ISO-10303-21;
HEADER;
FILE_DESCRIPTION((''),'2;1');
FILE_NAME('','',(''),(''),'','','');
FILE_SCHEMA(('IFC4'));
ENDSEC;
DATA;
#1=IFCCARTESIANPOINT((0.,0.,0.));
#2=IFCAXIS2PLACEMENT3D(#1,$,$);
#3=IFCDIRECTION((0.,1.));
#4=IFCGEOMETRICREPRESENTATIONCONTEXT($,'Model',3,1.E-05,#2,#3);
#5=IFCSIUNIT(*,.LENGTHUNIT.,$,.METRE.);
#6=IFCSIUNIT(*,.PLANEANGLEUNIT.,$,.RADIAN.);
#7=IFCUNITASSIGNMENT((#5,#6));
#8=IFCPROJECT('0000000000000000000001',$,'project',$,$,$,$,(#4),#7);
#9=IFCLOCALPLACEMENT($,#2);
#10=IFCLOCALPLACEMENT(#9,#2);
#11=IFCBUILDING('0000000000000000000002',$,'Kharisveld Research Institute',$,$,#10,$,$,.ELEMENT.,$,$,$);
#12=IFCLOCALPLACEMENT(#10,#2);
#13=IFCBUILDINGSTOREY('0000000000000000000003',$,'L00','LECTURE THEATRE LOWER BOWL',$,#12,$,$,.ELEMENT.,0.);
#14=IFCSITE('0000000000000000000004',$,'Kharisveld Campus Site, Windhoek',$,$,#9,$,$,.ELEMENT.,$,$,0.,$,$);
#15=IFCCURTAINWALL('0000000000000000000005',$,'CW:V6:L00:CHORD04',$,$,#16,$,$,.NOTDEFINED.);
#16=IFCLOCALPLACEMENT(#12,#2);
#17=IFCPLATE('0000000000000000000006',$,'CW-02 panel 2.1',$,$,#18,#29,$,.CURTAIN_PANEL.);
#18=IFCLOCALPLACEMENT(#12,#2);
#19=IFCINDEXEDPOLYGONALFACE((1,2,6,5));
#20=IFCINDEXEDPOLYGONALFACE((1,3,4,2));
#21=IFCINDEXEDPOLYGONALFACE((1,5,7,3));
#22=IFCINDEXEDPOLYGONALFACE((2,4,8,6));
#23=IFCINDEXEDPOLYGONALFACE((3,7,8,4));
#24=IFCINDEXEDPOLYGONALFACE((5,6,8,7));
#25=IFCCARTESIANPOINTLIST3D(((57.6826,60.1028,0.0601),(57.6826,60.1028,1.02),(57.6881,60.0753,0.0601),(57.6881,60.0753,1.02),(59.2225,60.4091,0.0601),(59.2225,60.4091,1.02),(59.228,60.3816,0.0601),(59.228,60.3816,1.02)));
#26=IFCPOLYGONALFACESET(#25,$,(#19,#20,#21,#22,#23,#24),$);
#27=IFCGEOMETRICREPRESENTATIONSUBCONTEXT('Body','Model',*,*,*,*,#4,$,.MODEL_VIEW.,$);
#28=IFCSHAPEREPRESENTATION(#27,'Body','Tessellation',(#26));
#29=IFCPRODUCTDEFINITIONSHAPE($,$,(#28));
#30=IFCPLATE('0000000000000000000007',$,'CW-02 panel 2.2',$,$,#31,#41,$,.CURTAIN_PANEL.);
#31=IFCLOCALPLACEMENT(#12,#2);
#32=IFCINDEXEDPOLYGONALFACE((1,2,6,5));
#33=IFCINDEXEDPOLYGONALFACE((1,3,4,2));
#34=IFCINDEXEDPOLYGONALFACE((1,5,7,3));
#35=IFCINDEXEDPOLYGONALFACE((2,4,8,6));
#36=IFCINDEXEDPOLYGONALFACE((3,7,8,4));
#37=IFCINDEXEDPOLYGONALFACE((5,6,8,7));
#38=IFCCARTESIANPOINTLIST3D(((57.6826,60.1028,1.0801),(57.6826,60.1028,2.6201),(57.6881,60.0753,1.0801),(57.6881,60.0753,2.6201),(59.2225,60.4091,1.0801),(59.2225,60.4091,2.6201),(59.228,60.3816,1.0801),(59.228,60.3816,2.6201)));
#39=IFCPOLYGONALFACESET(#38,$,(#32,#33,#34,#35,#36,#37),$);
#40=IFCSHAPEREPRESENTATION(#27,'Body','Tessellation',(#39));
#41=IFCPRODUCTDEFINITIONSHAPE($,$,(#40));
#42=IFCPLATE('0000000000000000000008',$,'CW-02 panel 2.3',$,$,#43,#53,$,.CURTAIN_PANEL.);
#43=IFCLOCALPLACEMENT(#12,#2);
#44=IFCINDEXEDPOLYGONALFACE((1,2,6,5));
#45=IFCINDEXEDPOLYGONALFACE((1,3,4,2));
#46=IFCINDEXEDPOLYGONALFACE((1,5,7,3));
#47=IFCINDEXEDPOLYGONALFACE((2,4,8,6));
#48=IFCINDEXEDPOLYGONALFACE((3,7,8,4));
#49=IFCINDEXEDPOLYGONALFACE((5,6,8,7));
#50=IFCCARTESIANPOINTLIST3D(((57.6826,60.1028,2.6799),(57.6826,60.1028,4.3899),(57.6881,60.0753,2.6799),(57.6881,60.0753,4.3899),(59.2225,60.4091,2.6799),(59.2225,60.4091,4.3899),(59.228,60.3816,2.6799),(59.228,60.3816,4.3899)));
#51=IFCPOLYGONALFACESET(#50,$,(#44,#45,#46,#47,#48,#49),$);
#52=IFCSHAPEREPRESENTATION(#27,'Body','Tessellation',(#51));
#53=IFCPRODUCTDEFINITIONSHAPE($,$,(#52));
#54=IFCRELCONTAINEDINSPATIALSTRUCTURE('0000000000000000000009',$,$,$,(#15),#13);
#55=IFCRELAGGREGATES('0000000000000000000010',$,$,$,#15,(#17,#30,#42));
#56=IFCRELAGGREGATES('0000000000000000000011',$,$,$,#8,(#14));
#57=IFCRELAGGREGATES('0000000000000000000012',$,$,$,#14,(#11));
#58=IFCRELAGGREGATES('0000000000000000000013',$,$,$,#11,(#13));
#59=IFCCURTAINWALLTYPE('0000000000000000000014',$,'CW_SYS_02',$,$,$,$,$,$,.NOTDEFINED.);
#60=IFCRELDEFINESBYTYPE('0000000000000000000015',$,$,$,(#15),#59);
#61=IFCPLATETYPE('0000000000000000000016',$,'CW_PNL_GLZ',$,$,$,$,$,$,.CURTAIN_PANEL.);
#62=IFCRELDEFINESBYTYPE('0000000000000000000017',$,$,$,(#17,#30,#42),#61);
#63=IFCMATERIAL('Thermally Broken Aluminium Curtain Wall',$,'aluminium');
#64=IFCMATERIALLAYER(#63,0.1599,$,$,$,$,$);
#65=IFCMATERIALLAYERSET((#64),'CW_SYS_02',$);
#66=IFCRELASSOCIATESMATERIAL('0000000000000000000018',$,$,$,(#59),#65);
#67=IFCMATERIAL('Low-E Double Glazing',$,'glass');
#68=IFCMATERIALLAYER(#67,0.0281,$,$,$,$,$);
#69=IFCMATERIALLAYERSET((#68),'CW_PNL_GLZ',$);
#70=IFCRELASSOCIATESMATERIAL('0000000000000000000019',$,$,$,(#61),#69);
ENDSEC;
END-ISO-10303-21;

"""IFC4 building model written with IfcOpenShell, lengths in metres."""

from ifc_helpers import new_model, si_unit, direction, frame, origin, origin_2d, place, context, subcontext, project, spatial, rectangle, extrude, material, layer, layer_set, type_object, element, aggregate, save


model = new_model("IFC4")

# Units and contexts
model_context = context("Model", 3, precision=1e-05, world=origin(), true_north=direction((0.0, 1.0)))
body_context = subcontext(model_context, "Body", "Model", "MODEL_VIEW")
ifc_project = project(units=[si_unit("LENGTHUNIT", "METRE"), si_unit("PLANEANGLEUNIT", "RADIAN")], contexts=[model_context])

# Site, building, storey
site_placement = place(None, origin())
site = spatial("IfcSite", under=ifc_project, at=site_placement, Name="Kharisveld Campus Site, Windhoek", CompositionType="ELEMENT", RefElevation=0.0)
building_placement = place(site_placement, origin())
building = spatial("IfcBuilding", under=site, at=building_placement, Name="Kharisveld Research Institute", CompositionType="ELEMENT")
storey_placement = place(building_placement, origin())
storey = spatial("IfcBuildingStorey", under=building, at=storey_placement, Name="L00", Description="LECTURE THEATRE LOWER BOWL", CompositionType="ELEMENT", Elevation=0.0)

# Curtain wall
ifc_material_1 = material(Name="Thermally Broken Aluminium Curtain Wall", Category="aluminium")
ifc_layer_1 = layer(ifc_material_1, 0.1599)
ifc_layer_set_1 = layer_set([ifc_layer_1], Name="CW_SYS_02")
curtain_wall_type_1 = type_object("IfcCurtainWallType", Name="CW_SYS_02", PredefinedType="NOTDEFINED", material=ifc_layer_set_1)
curtain_wall_1_placement = place(storey_placement, origin())
curtain_wall_1 = element("IfcCurtainWall", 1, at=curtain_wall_1_placement, inside=storey, type_object=curtain_wall_type_1, Name="CW:V6:L00:CHORD04", PredefinedType="NOTDEFINED")

# Plates
ifc_material_2 = material(Name="Low-E Double Glazing", Category="glass")
ifc_layer_2 = layer(ifc_material_2, 0.0281)
ifc_layer_set_2 = layer_set([ifc_layer_2], Name="CW_PNL_GLZ")
plate_type = type_object("IfcPlateType", Name="CW_PNL_GLZ", PredefinedType="CURTAIN_PANEL", material=ifc_layer_set_2)
plate_1_placement = place(storey_placement, frame((58.4553, 60.2422, 0.0601), z_axis=(0.0, 0.0, 1.0), x_axis=(0.980785, 0.195091, 0.0)))
plate_1 = element("IfcPlate", 2, at=plate_1_placement, type_object=plate_type, Name="CW-02 panel 2.1", PredefinedType="CURTAIN_PANEL", context=body_context, shape_type="SweptSolid", body=[
    extrude(rectangle(XDim=1.5701, YDim=0.0281, at=origin_2d()), origin(), (0.0, 0.0, 1.0), 0.96),
])
plate_2_placement = place(storey_placement, frame((58.4553, 60.2422, 1.0801), z_axis=(0.0, 0.0, 1.0), x_axis=(0.980785, 0.195091, 0.0)))
plate_2 = element("IfcPlate", 3, at=plate_2_placement, type_object=plate_type, Name="CW-02 panel 2.2", PredefinedType="CURTAIN_PANEL", context=body_context, shape_type="SweptSolid", body=[
    extrude(rectangle(XDim=1.5701, YDim=0.0281, at=origin_2d()), origin(), (0.0, 0.0, 1.0), 1.54),
])
plate_3_placement = place(storey_placement, frame((58.4553, 60.2422, 2.6799), z_axis=(0.0, 0.0, 1.0), x_axis=(0.980785, 0.195091, 0.0)))
plate_3 = element("IfcPlate", 4, at=plate_3_placement, type_object=plate_type, Name="CW-02 panel 2.3", PredefinedType="CURTAIN_PANEL", context=body_context, shape_type="SweptSolid", body=[
    extrude(rectangle(XDim=1.5701, YDim=0.0281, at=origin_2d()), origin(), (0.0, 0.0, 1.0), 1.71),
])
aggregate(curtain_wall_1, [plate_1, plate_2, plate_3])

save(model, "model.ifc")
